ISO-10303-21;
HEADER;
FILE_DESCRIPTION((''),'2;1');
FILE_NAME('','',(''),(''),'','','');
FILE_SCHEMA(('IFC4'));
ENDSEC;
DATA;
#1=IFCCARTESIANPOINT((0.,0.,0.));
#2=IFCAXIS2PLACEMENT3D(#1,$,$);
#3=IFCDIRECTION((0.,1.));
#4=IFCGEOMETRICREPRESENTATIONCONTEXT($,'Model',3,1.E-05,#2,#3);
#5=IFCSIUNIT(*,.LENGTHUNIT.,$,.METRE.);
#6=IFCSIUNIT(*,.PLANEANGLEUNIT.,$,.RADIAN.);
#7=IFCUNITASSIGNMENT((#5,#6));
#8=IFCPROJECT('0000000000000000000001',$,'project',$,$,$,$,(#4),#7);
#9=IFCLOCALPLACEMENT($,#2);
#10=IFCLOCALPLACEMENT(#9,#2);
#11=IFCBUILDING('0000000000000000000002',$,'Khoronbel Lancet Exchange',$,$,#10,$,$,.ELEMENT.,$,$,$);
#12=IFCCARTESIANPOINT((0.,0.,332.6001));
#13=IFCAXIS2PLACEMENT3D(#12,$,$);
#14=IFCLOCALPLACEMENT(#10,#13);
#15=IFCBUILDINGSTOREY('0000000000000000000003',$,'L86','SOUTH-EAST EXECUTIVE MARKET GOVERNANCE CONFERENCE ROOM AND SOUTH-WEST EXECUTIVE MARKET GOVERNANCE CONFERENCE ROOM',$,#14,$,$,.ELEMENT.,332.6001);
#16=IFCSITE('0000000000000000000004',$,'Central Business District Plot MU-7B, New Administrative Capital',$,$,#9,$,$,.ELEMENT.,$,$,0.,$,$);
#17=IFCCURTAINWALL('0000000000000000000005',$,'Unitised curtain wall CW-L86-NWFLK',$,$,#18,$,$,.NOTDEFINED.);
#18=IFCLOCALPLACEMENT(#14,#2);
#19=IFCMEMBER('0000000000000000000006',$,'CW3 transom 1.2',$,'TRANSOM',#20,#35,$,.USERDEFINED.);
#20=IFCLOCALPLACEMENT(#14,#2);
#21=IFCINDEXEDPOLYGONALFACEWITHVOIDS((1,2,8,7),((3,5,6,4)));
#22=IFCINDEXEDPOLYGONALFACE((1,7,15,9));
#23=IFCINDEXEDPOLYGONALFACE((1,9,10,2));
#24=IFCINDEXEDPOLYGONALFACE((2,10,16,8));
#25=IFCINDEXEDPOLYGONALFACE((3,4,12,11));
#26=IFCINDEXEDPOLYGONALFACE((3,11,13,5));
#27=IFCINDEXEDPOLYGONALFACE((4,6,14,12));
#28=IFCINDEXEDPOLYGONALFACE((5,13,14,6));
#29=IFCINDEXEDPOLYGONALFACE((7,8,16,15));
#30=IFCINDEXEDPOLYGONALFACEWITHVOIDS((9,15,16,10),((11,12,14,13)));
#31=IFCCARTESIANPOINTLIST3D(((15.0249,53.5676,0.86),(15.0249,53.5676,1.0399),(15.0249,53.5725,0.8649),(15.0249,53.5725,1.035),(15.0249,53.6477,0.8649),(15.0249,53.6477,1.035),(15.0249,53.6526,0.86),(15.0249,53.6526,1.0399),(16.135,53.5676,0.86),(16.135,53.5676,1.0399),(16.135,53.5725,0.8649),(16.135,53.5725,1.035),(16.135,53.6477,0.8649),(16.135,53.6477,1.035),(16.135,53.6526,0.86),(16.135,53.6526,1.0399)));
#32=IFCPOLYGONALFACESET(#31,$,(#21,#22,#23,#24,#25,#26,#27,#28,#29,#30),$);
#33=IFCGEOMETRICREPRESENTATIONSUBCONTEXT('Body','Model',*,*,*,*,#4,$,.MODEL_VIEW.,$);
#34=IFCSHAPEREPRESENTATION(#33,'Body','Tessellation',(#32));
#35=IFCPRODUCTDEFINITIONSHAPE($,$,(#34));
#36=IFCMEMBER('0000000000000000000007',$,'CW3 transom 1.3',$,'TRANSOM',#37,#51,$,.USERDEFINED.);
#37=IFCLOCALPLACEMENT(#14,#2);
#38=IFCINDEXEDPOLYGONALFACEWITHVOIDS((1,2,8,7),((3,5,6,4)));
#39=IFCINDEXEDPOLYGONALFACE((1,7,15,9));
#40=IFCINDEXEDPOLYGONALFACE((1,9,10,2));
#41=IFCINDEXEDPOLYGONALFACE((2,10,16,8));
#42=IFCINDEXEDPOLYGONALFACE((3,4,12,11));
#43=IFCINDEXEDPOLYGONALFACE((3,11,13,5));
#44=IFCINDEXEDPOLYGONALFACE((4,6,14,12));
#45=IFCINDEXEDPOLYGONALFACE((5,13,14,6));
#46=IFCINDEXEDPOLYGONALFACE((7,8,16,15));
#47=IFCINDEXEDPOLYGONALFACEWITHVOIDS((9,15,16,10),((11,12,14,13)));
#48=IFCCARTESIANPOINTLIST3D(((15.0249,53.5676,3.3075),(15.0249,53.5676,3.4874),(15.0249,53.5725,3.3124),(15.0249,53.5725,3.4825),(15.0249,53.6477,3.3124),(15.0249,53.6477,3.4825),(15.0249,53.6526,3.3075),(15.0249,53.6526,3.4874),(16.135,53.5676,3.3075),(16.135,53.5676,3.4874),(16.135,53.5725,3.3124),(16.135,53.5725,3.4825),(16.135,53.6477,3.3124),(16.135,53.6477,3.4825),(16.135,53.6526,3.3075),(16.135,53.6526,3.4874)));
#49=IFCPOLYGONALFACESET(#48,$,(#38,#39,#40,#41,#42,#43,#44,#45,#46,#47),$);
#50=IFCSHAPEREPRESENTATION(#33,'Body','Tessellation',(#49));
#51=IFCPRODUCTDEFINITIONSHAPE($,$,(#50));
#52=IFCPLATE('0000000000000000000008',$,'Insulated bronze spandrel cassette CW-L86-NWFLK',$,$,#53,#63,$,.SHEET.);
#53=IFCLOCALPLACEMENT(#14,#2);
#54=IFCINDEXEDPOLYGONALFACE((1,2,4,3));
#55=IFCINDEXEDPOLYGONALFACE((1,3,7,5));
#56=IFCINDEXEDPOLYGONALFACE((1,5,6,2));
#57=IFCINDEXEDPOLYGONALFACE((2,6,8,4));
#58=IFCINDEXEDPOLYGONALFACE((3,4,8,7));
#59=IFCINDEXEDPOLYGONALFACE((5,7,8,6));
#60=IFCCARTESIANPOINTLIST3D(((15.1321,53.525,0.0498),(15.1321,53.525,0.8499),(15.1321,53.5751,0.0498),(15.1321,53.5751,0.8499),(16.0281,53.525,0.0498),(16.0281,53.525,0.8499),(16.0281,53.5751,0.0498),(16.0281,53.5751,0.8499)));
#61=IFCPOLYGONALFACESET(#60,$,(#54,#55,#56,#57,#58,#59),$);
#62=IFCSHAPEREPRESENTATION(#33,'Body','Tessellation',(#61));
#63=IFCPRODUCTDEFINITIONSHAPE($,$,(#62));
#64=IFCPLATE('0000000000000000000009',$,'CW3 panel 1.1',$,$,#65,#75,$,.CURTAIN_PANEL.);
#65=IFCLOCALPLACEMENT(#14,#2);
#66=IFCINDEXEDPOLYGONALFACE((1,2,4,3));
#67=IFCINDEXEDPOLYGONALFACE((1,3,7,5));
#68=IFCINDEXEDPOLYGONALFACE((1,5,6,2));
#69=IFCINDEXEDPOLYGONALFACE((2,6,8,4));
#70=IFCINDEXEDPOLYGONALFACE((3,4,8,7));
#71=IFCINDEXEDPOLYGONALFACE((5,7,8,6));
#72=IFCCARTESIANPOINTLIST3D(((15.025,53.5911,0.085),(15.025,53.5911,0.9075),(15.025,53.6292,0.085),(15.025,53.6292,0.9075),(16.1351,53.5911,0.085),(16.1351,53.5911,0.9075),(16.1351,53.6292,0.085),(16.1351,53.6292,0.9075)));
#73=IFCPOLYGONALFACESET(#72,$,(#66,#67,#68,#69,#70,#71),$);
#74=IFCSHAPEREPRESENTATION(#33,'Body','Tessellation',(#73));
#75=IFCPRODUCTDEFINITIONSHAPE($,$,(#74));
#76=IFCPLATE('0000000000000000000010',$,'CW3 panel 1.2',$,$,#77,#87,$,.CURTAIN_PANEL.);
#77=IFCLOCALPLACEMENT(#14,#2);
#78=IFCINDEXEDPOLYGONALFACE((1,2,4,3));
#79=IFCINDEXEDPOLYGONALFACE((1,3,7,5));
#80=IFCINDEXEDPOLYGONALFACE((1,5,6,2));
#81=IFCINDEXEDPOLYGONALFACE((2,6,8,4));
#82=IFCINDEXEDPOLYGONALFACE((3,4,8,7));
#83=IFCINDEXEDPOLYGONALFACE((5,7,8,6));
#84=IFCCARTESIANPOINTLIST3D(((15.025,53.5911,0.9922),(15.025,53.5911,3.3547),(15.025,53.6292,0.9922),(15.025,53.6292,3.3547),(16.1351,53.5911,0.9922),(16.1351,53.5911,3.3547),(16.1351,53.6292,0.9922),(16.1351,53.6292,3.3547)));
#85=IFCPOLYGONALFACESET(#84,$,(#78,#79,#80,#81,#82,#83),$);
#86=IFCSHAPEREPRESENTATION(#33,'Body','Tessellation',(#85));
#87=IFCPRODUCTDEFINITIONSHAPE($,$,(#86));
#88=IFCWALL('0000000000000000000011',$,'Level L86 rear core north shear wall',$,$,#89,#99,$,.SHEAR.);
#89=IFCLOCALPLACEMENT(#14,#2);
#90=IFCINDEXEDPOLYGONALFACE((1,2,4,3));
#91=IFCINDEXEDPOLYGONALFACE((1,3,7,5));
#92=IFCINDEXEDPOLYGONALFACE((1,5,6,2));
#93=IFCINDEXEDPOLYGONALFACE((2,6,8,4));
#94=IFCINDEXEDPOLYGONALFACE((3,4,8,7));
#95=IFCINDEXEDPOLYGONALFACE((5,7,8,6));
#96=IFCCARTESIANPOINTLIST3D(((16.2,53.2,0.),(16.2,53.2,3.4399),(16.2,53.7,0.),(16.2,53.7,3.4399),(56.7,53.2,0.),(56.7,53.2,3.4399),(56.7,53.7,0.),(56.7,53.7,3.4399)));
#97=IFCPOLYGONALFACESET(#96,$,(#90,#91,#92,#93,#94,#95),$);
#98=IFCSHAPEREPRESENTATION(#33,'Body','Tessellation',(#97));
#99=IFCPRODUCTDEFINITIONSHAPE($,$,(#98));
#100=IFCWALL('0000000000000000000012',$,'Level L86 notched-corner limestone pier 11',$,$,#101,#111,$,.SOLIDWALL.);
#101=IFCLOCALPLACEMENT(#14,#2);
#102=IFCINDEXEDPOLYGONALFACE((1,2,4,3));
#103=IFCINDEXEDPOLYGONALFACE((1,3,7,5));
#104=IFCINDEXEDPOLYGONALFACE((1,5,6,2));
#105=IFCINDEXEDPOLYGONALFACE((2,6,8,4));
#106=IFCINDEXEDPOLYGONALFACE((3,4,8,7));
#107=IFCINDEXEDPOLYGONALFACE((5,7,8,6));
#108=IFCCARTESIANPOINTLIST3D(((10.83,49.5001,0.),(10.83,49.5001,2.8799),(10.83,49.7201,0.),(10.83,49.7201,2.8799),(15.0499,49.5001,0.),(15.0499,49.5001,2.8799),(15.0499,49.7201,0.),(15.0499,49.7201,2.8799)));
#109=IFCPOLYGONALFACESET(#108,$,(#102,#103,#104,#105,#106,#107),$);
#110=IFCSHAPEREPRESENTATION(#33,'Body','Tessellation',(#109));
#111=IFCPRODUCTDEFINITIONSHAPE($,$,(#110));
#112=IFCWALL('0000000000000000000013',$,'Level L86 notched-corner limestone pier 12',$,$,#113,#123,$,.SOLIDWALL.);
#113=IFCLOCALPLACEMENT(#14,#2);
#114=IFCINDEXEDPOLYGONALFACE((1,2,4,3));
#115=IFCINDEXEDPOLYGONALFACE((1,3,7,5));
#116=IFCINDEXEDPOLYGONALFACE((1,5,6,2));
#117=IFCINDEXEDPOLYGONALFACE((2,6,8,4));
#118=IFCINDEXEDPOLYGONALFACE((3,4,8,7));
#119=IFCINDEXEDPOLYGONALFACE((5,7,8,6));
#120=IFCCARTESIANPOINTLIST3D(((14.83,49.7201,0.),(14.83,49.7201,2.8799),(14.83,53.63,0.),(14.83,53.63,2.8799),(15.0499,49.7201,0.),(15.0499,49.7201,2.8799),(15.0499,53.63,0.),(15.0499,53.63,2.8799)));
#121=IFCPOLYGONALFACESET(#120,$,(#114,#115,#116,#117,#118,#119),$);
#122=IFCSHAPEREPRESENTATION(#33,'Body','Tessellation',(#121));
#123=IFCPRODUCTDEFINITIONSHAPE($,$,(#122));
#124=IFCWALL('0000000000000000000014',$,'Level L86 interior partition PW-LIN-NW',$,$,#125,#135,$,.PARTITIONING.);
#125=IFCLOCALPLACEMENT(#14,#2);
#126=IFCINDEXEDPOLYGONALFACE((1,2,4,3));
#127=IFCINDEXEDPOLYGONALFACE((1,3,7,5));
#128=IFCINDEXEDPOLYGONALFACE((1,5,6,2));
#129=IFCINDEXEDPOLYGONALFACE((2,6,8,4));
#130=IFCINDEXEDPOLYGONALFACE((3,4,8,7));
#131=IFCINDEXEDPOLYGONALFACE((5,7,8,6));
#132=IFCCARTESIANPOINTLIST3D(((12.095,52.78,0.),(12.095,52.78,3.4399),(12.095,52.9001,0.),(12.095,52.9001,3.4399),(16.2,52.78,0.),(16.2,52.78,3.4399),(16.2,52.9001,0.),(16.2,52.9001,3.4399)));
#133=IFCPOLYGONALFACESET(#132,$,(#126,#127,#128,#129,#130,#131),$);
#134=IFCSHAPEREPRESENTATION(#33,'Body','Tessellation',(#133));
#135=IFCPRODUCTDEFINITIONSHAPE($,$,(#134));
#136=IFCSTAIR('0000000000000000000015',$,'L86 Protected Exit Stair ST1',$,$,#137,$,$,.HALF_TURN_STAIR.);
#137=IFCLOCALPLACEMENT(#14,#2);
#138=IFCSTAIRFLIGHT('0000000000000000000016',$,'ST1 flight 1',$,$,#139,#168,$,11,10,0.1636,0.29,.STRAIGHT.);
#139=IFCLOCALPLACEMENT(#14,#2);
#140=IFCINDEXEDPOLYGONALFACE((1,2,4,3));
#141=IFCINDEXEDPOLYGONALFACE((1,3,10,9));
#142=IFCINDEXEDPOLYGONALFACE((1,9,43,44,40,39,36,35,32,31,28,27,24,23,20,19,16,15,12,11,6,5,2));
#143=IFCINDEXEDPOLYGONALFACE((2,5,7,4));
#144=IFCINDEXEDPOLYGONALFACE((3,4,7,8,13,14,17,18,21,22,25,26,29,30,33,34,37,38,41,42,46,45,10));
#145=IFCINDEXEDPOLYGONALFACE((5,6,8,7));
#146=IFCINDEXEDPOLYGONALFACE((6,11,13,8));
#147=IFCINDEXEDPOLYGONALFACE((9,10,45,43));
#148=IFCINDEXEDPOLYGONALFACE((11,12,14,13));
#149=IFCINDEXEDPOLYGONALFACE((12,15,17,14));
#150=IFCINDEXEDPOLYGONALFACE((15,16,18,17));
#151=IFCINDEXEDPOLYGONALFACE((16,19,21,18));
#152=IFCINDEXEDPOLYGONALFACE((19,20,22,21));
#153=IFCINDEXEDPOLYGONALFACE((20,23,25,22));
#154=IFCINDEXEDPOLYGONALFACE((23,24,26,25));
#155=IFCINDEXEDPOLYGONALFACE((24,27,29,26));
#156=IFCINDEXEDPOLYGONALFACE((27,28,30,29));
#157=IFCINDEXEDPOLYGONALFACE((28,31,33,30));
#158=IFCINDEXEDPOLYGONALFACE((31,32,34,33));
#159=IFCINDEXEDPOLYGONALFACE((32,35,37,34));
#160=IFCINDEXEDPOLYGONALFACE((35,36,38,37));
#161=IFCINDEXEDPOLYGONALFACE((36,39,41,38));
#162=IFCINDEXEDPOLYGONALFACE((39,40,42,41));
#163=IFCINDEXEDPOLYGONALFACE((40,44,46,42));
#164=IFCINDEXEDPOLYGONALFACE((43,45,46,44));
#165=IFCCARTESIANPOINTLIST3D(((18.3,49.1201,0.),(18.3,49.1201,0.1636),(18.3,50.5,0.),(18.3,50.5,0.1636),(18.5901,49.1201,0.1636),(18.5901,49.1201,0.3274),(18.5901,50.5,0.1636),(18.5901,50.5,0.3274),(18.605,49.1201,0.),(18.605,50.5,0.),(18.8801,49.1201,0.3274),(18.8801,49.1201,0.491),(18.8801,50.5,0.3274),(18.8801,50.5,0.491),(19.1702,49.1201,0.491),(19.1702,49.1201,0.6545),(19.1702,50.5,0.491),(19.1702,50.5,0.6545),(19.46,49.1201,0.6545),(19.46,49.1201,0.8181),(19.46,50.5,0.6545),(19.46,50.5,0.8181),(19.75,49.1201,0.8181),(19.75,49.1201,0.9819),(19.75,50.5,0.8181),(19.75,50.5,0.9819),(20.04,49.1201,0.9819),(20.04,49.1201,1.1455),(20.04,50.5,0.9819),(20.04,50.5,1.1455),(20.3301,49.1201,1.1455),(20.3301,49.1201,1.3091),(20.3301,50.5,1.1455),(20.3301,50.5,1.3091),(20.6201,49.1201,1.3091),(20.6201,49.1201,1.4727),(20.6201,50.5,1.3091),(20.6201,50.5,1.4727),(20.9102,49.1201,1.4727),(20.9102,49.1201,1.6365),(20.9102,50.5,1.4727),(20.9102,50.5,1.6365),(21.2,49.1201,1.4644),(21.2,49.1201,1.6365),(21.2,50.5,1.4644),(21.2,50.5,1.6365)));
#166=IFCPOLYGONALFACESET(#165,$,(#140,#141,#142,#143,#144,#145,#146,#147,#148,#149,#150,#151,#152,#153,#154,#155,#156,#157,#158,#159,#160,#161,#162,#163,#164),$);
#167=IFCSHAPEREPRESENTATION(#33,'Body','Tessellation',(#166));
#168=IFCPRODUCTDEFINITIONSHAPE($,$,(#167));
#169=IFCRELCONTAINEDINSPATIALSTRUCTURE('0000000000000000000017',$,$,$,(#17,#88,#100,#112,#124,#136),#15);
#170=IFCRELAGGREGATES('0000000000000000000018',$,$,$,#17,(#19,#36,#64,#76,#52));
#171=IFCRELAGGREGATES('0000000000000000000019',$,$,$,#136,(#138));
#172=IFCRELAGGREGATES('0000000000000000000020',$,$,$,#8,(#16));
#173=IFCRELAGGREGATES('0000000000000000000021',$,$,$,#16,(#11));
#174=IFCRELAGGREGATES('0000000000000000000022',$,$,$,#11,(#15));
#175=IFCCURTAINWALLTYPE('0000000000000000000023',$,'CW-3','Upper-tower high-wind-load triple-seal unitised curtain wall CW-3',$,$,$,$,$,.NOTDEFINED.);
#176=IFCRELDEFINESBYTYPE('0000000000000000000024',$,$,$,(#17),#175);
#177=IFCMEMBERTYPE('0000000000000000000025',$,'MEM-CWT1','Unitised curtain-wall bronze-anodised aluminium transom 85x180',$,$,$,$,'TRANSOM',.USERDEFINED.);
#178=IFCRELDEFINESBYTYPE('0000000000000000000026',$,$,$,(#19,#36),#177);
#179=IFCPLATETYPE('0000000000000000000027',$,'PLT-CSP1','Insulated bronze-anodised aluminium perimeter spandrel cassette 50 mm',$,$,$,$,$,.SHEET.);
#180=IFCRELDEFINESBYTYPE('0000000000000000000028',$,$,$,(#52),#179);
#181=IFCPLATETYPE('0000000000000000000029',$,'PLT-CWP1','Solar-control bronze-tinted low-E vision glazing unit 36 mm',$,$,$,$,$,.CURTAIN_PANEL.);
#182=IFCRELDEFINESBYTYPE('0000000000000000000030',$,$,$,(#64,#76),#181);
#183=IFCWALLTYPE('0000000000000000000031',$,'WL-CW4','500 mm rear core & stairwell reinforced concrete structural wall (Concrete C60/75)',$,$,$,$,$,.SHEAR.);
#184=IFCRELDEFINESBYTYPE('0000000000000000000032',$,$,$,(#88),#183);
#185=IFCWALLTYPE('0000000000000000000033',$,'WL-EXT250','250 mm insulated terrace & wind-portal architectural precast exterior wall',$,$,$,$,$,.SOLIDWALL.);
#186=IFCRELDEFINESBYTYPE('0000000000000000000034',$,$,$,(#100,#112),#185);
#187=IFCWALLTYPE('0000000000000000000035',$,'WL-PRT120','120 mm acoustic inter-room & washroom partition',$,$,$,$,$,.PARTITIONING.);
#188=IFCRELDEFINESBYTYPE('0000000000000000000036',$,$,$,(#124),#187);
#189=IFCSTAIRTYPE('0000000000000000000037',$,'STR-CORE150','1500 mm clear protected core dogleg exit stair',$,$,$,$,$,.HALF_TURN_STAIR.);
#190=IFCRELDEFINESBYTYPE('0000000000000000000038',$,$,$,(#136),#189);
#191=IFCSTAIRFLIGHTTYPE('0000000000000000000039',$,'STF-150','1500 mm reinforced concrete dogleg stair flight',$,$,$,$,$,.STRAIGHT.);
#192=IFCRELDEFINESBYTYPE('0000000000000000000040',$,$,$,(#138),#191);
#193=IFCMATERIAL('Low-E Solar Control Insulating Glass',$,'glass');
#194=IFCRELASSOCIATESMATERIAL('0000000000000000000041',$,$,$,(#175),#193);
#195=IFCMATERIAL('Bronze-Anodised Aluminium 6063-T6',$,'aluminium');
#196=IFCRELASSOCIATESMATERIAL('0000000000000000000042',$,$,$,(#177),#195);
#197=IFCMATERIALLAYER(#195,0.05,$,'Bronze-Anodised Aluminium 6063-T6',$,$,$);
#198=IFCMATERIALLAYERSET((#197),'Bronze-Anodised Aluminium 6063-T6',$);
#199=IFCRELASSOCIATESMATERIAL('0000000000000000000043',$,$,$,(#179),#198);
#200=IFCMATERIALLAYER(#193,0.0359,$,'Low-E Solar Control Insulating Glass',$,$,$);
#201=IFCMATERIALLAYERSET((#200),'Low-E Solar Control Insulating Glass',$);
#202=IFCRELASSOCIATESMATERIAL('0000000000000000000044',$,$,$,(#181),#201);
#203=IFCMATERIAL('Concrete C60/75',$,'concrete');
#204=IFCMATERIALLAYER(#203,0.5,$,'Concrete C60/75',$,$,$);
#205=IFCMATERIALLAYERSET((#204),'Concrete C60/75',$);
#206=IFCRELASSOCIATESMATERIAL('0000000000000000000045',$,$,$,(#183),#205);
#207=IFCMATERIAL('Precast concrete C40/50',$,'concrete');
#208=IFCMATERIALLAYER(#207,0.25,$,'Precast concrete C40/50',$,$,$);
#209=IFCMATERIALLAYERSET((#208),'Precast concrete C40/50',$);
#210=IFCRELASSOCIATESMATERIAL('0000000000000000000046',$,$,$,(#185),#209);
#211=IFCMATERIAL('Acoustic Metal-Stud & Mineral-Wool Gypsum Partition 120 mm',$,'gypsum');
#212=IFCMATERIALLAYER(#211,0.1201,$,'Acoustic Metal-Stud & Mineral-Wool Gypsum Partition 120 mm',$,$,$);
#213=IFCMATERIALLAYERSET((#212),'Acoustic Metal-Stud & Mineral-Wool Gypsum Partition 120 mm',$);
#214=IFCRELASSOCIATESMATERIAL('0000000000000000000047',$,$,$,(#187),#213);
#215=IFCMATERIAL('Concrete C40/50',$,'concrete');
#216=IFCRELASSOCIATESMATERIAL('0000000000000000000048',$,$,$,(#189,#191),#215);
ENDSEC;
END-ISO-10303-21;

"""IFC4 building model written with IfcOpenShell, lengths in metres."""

from ifc_helpers import new_model, si_unit, direction, frame, frame_2d, origin, origin_2d, place, context, subcontext, project, spatial, polyline, rectangle, hollow_rectangle, outline, extrude, material, layer, layer_set, material_profile, profile_set, type_object, element, aggregate, save


model = new_model("IFC4")

# Units and contexts
model_context = context("Model", 3, precision=1e-05, world=origin(), true_north=direction((0.0, 1.0)))
body_context = subcontext(model_context, "Body", "Model", "MODEL_VIEW")
ifc_project = project(units=[si_unit("LENGTHUNIT", "METRE"), si_unit("PLANEANGLEUNIT", "RADIAN")], contexts=[model_context])

# Site, building, storey
site_placement = place(None, origin())
site = spatial("IfcSite", under=ifc_project, at=site_placement, Name="Central Business District Plot MU-7B, New Administrative Capital", CompositionType="ELEMENT", RefElevation=0.0)
building_placement = place(site_placement, origin())
building = spatial("IfcBuilding", under=site, at=building_placement, Name="Khoronbel Lancet Exchange", CompositionType="ELEMENT")
storey_placement = place(building_placement, frame((0.0, 0.0, 332.6001)))
storey = spatial("IfcBuildingStorey", under=building, at=storey_placement, Name="L86", Description="SOUTH-EAST EXECUTIVE MARKET GOVERNANCE CONFERENCE ROOM AND SOUTH-WEST EXECUTIVE MARKET GOVERNANCE CONFERENCE ROOM", CompositionType="ELEMENT", Elevation=332.6001)

# Curtain wall, members, plates
ifc_material_1 = material(Name="Low-E Solar Control Insulating Glass", Category="glass")
curtain_wall_type = type_object("IfcCurtainWallType", Name="CW-3", Description="Upper-tower high-wind-load triple-seal unitised curtain wall CW-3", PredefinedType="NOTDEFINED", material=ifc_material_1)
curtain_wall_placement = place(storey_placement, origin())
curtain_wall = element("IfcCurtainWall", 1, at=curtain_wall_placement, inside=storey, type_object=curtain_wall_type, Name="Unitised curtain wall CW-L86-NWFLK", PredefinedType="NOTDEFINED")
ifc_material_2 = material(Name="Bronze-Anodised Aluminium 6063-T6", Category="aluminium")
ifc_material_profile_1 = material_profile(ifc_material_2, hollow_rectangle(XDim=0.085, YDim=0.1799, WallThickness=0.0049, at=origin_2d()), Name="ALU TRANSOM 85x180")
ifc_profile_set_1 = profile_set([ifc_material_profile_1], Name="Bronze-Anodised Aluminium 6063-T6")
member_type_1 = type_object("IfcMemberType", Name="MEM-CWT1", Description="Unitised curtain-wall bronze-anodised aluminium transom 85x180", ElementType="TRANSOM", PredefinedType="USERDEFINED", material=ifc_profile_set_1)
member_1_placement = place(storey_placement, frame((16.135, 53.6101, 0.95), z_axis=(-1.0, 0.0, 0.0), x_axis=(0.0, -1.0, 0.0)))
member_1 = element("IfcMember", 2, at=member_1_placement, type_object=member_type_1, Name="CW3 transom 1.2", ObjectType="TRANSOM", PredefinedType="USERDEFINED", context=body_context, shape_type="SweptSolid", body=[
    extrude(hollow_rectangle(XDim=0.085, YDim=0.1799, WallThickness=0.0049, at=origin_2d()), origin(), (0.0, 0.0, 1.0), 1.1101),
])
member_2_placement = place(storey_placement, frame((16.135, 53.6101, 3.3975), z_axis=(-1.0, 0.0, 0.0), x_axis=(0.0, -1.0, 0.0)))
member_2 = element("IfcMember", 3, at=member_2_placement, type_object=member_type_1, Name="CW3 transom 1.3", ObjectType="TRANSOM", PredefinedType="USERDEFINED", context=body_context, shape_type="SweptSolid", body=[
    extrude(hollow_rectangle(XDim=0.085, YDim=0.1799, WallThickness=0.0049, at=origin_2d()), origin(), (0.0, 0.0, 1.0), 1.1101),
])
ifc_layer_1 = layer(ifc_material_2, 0.05, Name="Bronze-Anodised Aluminium 6063-T6")
ifc_layer_set_1 = layer_set([ifc_layer_1], Name="Bronze-Anodised Aluminium 6063-T6")
plate_type_1 = type_object("IfcPlateType", Name="PLT-CSP1", Description="Insulated bronze-anodised aluminium perimeter spandrel cassette 50 mm", PredefinedType="SHEET", material=ifc_layer_set_1)
plate_1_placement = place(storey_placement, frame((15.5801, 53.55, 0.0498), z_axis=(0.0, 0.0, 1.0), x_axis=(-1.0, 0.0, 0.0)))
plate_1 = element("IfcPlate", 4, at=plate_1_placement, type_object=plate_type_1, Name="Insulated bronze spandrel cassette CW-L86-NWFLK", PredefinedType="SHEET", context=body_context, shape_type="SweptSolid", body=[
    extrude(rectangle(XDim=0.896, YDim=0.05, at=origin_2d()), origin(), (0.0, 0.0, 1.0), 0.8),
])
ifc_layer_2 = layer(ifc_material_1, 0.0359, Name="Low-E Solar Control Insulating Glass")
ifc_layer_set_2 = layer_set([ifc_layer_2], Name="Low-E Solar Control Insulating Glass")
plate_type_2 = type_object("IfcPlateType", Name="PLT-CWP1", Description="Solar-control bronze-tinted low-E vision glazing unit 36 mm", PredefinedType="CURTAIN_PANEL", material=ifc_layer_set_2)
plate_2_placement = place(storey_placement, frame((15.5801, 53.6101, 0.085), z_axis=(0.0, 0.0, 1.0), x_axis=(-1.0, 0.0, 0.0)))
plate_2 = element("IfcPlate", 5, at=plate_2_placement, type_object=plate_type_2, Name="CW3 panel 1.1", PredefinedType="CURTAIN_PANEL", context=body_context, shape_type="SweptSolid", body=[
    extrude(rectangle(XDim=1.1101, YDim=0.0381, at=origin_2d()), origin(), (0.0, 0.0, 1.0), 0.8225),
])
plate_3_placement = place(storey_placement, frame((15.5801, 53.6101, 0.9922), z_axis=(0.0, 0.0, 1.0), x_axis=(-1.0, 0.0, 0.0)))
plate_3 = element("IfcPlate", 6, at=plate_3_placement, type_object=plate_type_2, Name="CW3 panel 1.2", PredefinedType="CURTAIN_PANEL", context=body_context, shape_type="SweptSolid", body=[
    extrude(rectangle(XDim=1.1101, YDim=0.0381, at=origin_2d()), origin(), (0.0, 0.0, 1.0), 2.3625),
])
aggregate(curtain_wall, [member_1, member_2, plate_2, plate_3, plate_1])

# Walls
ifc_material_3 = material(Name="Concrete C60/75", Category="concrete")
ifc_layer_3 = layer(ifc_material_3, 0.5, Name="Concrete C60/75")
ifc_layer_set_3 = layer_set([ifc_layer_3], Name="Concrete C60/75")
wall_type_1 = type_object("IfcWallType", Name="WL-CW4", Description="500 mm rear core & stairwell reinforced concrete structural wall (Concrete C60/75)", PredefinedType="SHEAR", material=ifc_layer_set_3)
wall_1_placement = place(storey_placement, frame((16.2, 53.45, 0.0), z_axis=(0.0, 0.0, 1.0), x_axis=(1.0, 0.0, 0.0)))
element("IfcWall", 7, at=wall_1_placement, inside=storey, type_object=wall_type_1, Name="Level L86 rear core north shear wall", PredefinedType="SHEAR", context=body_context, shape_type="SweptSolid", body=[
    extrude(rectangle(XDim=40.5, YDim=0.5, at=frame_2d((20.25, 0.0))), origin(), (0.0, 0.0, 1.0), 3.4399),
])
ifc_material_4 = material(Name="Precast concrete C40/50", Category="concrete")
ifc_layer_4 = layer(ifc_material_4, 0.25, Name="Precast concrete C40/50")
ifc_layer_set_4 = layer_set([ifc_layer_4], Name="Precast concrete C40/50")
wall_type_2 = type_object("IfcWallType", Name="WL-EXT250", Description="250 mm insulated terrace & wind-portal architectural precast exterior wall", PredefinedType="SOLIDWALL", material=ifc_layer_set_4)
wall_2_placement = place(storey_placement, frame((10.8301, 49.6101, 0.0), z_axis=(0.0, 0.0, 1.0), x_axis=(1.0, 0.0, 0.0)))
element("IfcWall", 8, at=wall_2_placement, inside=storey, type_object=wall_type_2, Name="Level L86 notched-corner limestone pier 11", PredefinedType="SOLIDWALL", context=body_context, shape_type="SweptSolid", body=[
    extrude(rectangle(XDim=4.22, YDim=0.22, at=frame_2d((2.1099, 0.0))), origin(), (0.0, 0.0, 1.0), 2.8799),
])
wall_3_placement = place(storey_placement, frame((14.9399, 49.72, 0.0), z_axis=(0.0, 0.0, 1.0), x_axis=(0.0, 1.0, 0.0)))
element("IfcWall", 9, at=wall_3_placement, inside=storey, type_object=wall_type_2, Name="Level L86 notched-corner limestone pier 12", PredefinedType="SOLIDWALL", context=body_context, shape_type="SweptSolid", body=[
    extrude(rectangle(XDim=3.9099, YDim=0.22, at=frame_2d((1.9551, 0.0))), origin(), (0.0, 0.0, 1.0), 2.8799),
])
ifc_material_5 = material(Name="Acoustic Metal-Stud & Mineral-Wool Gypsum Partition 120 mm", Category="gypsum")
ifc_layer_5 = layer(ifc_material_5, 0.1201, Name="Acoustic Metal-Stud & Mineral-Wool Gypsum Partition 120 mm")
ifc_layer_set_5 = layer_set([ifc_layer_5], Name="Acoustic Metal-Stud & Mineral-Wool Gypsum Partition 120 mm")
wall_type_3 = type_object("IfcWallType", Name="WL-PRT120", Description="120 mm acoustic inter-room & washroom partition", PredefinedType="PARTITIONING", material=ifc_layer_set_5)
wall_4_placement = place(storey_placement, frame((12.095, 52.8401, 0.0), z_axis=(0.0, 0.0, 1.0), x_axis=(1.0, 0.0, 0.0)))
element("IfcWall", 10, at=wall_4_placement, inside=storey, type_object=wall_type_3, Name="Level L86 interior partition PW-LIN-NW", PredefinedType="PARTITIONING", context=body_context, shape_type="SweptSolid", body=[
    extrude(rectangle(XDim=4.105, YDim=0.1201, at=frame_2d((2.0525, 0.0))), origin(), (0.0, 0.0, 1.0), 3.4399),
])

# Stair, stair flight
ifc_material_6 = material(Name="Concrete C40/50", Category="concrete")
stair_type = type_object("IfcStairType", Name="STR-CORE150", Description="1500 mm clear protected core dogleg exit stair", PredefinedType="HALF_TURN_STAIR", material=ifc_material_6)
stair_placement = place(storey_placement, origin())
stair = element("IfcStair", 11, at=stair_placement, inside=storey, type_object=stair_type, Name="L86 Protected Exit Stair ST1", PredefinedType="HALF_TURN_STAIR")
stair_flight_type = type_object("IfcStairFlightType", Name="STF-150", Description="1500 mm reinforced concrete dogleg stair flight", PredefinedType="STRAIGHT", material=ifc_material_6)
stair_flight_placement = place(storey_placement, frame((18.3, 49.8101, 0.0), z_axis=(0.0, 0.0, 1.0), x_axis=(1.0, 0.0, 0.0)))
stair_flight = element("IfcStairFlight", 12, at=stair_flight_placement, type_object=stair_flight_type, Name="ST1 flight 1", NumberOfRisers=11, NumberOfTreads=10, PredefinedType="STRAIGHT", RiserHeight=0.1636, TreadLength=0.29, context=body_context, shape_type="SweptSolid", body=[
    extrude(outline(polyline([(0.0, 0.0), (0.0, 0.1636), (0.29, 0.1636), (0.29, 0.3274), (0.5801, 0.3274), (0.5801, 0.491), (0.8701, 0.491), (0.8701, 0.6545), (1.1599, 0.6545), (1.1599, 0.8181), (1.45, 0.8181), (1.45, 0.9819), (1.74, 0.9819), (1.74, 1.1455), (2.03, 1.1455), (2.03, 1.3091), (2.3201, 1.3091), (2.3201, 1.4727), (2.6101, 1.4727), (2.6101, 1.6365), (2.8999, 1.6365), (2.8999, 1.8), (2.8999, 1.4644), (0.3049, 0.0), (0.0, 0.0)])), frame((0.0, 0.6899, 0.0), z_axis=(0.0, -1.0, 0.0), x_axis=(1.0, 0.0, 0.0)), (0.0, 0.0, 1.0), 1.3799),
])
aggregate(stair, [stair_flight])

save(model, "model.ifc")
